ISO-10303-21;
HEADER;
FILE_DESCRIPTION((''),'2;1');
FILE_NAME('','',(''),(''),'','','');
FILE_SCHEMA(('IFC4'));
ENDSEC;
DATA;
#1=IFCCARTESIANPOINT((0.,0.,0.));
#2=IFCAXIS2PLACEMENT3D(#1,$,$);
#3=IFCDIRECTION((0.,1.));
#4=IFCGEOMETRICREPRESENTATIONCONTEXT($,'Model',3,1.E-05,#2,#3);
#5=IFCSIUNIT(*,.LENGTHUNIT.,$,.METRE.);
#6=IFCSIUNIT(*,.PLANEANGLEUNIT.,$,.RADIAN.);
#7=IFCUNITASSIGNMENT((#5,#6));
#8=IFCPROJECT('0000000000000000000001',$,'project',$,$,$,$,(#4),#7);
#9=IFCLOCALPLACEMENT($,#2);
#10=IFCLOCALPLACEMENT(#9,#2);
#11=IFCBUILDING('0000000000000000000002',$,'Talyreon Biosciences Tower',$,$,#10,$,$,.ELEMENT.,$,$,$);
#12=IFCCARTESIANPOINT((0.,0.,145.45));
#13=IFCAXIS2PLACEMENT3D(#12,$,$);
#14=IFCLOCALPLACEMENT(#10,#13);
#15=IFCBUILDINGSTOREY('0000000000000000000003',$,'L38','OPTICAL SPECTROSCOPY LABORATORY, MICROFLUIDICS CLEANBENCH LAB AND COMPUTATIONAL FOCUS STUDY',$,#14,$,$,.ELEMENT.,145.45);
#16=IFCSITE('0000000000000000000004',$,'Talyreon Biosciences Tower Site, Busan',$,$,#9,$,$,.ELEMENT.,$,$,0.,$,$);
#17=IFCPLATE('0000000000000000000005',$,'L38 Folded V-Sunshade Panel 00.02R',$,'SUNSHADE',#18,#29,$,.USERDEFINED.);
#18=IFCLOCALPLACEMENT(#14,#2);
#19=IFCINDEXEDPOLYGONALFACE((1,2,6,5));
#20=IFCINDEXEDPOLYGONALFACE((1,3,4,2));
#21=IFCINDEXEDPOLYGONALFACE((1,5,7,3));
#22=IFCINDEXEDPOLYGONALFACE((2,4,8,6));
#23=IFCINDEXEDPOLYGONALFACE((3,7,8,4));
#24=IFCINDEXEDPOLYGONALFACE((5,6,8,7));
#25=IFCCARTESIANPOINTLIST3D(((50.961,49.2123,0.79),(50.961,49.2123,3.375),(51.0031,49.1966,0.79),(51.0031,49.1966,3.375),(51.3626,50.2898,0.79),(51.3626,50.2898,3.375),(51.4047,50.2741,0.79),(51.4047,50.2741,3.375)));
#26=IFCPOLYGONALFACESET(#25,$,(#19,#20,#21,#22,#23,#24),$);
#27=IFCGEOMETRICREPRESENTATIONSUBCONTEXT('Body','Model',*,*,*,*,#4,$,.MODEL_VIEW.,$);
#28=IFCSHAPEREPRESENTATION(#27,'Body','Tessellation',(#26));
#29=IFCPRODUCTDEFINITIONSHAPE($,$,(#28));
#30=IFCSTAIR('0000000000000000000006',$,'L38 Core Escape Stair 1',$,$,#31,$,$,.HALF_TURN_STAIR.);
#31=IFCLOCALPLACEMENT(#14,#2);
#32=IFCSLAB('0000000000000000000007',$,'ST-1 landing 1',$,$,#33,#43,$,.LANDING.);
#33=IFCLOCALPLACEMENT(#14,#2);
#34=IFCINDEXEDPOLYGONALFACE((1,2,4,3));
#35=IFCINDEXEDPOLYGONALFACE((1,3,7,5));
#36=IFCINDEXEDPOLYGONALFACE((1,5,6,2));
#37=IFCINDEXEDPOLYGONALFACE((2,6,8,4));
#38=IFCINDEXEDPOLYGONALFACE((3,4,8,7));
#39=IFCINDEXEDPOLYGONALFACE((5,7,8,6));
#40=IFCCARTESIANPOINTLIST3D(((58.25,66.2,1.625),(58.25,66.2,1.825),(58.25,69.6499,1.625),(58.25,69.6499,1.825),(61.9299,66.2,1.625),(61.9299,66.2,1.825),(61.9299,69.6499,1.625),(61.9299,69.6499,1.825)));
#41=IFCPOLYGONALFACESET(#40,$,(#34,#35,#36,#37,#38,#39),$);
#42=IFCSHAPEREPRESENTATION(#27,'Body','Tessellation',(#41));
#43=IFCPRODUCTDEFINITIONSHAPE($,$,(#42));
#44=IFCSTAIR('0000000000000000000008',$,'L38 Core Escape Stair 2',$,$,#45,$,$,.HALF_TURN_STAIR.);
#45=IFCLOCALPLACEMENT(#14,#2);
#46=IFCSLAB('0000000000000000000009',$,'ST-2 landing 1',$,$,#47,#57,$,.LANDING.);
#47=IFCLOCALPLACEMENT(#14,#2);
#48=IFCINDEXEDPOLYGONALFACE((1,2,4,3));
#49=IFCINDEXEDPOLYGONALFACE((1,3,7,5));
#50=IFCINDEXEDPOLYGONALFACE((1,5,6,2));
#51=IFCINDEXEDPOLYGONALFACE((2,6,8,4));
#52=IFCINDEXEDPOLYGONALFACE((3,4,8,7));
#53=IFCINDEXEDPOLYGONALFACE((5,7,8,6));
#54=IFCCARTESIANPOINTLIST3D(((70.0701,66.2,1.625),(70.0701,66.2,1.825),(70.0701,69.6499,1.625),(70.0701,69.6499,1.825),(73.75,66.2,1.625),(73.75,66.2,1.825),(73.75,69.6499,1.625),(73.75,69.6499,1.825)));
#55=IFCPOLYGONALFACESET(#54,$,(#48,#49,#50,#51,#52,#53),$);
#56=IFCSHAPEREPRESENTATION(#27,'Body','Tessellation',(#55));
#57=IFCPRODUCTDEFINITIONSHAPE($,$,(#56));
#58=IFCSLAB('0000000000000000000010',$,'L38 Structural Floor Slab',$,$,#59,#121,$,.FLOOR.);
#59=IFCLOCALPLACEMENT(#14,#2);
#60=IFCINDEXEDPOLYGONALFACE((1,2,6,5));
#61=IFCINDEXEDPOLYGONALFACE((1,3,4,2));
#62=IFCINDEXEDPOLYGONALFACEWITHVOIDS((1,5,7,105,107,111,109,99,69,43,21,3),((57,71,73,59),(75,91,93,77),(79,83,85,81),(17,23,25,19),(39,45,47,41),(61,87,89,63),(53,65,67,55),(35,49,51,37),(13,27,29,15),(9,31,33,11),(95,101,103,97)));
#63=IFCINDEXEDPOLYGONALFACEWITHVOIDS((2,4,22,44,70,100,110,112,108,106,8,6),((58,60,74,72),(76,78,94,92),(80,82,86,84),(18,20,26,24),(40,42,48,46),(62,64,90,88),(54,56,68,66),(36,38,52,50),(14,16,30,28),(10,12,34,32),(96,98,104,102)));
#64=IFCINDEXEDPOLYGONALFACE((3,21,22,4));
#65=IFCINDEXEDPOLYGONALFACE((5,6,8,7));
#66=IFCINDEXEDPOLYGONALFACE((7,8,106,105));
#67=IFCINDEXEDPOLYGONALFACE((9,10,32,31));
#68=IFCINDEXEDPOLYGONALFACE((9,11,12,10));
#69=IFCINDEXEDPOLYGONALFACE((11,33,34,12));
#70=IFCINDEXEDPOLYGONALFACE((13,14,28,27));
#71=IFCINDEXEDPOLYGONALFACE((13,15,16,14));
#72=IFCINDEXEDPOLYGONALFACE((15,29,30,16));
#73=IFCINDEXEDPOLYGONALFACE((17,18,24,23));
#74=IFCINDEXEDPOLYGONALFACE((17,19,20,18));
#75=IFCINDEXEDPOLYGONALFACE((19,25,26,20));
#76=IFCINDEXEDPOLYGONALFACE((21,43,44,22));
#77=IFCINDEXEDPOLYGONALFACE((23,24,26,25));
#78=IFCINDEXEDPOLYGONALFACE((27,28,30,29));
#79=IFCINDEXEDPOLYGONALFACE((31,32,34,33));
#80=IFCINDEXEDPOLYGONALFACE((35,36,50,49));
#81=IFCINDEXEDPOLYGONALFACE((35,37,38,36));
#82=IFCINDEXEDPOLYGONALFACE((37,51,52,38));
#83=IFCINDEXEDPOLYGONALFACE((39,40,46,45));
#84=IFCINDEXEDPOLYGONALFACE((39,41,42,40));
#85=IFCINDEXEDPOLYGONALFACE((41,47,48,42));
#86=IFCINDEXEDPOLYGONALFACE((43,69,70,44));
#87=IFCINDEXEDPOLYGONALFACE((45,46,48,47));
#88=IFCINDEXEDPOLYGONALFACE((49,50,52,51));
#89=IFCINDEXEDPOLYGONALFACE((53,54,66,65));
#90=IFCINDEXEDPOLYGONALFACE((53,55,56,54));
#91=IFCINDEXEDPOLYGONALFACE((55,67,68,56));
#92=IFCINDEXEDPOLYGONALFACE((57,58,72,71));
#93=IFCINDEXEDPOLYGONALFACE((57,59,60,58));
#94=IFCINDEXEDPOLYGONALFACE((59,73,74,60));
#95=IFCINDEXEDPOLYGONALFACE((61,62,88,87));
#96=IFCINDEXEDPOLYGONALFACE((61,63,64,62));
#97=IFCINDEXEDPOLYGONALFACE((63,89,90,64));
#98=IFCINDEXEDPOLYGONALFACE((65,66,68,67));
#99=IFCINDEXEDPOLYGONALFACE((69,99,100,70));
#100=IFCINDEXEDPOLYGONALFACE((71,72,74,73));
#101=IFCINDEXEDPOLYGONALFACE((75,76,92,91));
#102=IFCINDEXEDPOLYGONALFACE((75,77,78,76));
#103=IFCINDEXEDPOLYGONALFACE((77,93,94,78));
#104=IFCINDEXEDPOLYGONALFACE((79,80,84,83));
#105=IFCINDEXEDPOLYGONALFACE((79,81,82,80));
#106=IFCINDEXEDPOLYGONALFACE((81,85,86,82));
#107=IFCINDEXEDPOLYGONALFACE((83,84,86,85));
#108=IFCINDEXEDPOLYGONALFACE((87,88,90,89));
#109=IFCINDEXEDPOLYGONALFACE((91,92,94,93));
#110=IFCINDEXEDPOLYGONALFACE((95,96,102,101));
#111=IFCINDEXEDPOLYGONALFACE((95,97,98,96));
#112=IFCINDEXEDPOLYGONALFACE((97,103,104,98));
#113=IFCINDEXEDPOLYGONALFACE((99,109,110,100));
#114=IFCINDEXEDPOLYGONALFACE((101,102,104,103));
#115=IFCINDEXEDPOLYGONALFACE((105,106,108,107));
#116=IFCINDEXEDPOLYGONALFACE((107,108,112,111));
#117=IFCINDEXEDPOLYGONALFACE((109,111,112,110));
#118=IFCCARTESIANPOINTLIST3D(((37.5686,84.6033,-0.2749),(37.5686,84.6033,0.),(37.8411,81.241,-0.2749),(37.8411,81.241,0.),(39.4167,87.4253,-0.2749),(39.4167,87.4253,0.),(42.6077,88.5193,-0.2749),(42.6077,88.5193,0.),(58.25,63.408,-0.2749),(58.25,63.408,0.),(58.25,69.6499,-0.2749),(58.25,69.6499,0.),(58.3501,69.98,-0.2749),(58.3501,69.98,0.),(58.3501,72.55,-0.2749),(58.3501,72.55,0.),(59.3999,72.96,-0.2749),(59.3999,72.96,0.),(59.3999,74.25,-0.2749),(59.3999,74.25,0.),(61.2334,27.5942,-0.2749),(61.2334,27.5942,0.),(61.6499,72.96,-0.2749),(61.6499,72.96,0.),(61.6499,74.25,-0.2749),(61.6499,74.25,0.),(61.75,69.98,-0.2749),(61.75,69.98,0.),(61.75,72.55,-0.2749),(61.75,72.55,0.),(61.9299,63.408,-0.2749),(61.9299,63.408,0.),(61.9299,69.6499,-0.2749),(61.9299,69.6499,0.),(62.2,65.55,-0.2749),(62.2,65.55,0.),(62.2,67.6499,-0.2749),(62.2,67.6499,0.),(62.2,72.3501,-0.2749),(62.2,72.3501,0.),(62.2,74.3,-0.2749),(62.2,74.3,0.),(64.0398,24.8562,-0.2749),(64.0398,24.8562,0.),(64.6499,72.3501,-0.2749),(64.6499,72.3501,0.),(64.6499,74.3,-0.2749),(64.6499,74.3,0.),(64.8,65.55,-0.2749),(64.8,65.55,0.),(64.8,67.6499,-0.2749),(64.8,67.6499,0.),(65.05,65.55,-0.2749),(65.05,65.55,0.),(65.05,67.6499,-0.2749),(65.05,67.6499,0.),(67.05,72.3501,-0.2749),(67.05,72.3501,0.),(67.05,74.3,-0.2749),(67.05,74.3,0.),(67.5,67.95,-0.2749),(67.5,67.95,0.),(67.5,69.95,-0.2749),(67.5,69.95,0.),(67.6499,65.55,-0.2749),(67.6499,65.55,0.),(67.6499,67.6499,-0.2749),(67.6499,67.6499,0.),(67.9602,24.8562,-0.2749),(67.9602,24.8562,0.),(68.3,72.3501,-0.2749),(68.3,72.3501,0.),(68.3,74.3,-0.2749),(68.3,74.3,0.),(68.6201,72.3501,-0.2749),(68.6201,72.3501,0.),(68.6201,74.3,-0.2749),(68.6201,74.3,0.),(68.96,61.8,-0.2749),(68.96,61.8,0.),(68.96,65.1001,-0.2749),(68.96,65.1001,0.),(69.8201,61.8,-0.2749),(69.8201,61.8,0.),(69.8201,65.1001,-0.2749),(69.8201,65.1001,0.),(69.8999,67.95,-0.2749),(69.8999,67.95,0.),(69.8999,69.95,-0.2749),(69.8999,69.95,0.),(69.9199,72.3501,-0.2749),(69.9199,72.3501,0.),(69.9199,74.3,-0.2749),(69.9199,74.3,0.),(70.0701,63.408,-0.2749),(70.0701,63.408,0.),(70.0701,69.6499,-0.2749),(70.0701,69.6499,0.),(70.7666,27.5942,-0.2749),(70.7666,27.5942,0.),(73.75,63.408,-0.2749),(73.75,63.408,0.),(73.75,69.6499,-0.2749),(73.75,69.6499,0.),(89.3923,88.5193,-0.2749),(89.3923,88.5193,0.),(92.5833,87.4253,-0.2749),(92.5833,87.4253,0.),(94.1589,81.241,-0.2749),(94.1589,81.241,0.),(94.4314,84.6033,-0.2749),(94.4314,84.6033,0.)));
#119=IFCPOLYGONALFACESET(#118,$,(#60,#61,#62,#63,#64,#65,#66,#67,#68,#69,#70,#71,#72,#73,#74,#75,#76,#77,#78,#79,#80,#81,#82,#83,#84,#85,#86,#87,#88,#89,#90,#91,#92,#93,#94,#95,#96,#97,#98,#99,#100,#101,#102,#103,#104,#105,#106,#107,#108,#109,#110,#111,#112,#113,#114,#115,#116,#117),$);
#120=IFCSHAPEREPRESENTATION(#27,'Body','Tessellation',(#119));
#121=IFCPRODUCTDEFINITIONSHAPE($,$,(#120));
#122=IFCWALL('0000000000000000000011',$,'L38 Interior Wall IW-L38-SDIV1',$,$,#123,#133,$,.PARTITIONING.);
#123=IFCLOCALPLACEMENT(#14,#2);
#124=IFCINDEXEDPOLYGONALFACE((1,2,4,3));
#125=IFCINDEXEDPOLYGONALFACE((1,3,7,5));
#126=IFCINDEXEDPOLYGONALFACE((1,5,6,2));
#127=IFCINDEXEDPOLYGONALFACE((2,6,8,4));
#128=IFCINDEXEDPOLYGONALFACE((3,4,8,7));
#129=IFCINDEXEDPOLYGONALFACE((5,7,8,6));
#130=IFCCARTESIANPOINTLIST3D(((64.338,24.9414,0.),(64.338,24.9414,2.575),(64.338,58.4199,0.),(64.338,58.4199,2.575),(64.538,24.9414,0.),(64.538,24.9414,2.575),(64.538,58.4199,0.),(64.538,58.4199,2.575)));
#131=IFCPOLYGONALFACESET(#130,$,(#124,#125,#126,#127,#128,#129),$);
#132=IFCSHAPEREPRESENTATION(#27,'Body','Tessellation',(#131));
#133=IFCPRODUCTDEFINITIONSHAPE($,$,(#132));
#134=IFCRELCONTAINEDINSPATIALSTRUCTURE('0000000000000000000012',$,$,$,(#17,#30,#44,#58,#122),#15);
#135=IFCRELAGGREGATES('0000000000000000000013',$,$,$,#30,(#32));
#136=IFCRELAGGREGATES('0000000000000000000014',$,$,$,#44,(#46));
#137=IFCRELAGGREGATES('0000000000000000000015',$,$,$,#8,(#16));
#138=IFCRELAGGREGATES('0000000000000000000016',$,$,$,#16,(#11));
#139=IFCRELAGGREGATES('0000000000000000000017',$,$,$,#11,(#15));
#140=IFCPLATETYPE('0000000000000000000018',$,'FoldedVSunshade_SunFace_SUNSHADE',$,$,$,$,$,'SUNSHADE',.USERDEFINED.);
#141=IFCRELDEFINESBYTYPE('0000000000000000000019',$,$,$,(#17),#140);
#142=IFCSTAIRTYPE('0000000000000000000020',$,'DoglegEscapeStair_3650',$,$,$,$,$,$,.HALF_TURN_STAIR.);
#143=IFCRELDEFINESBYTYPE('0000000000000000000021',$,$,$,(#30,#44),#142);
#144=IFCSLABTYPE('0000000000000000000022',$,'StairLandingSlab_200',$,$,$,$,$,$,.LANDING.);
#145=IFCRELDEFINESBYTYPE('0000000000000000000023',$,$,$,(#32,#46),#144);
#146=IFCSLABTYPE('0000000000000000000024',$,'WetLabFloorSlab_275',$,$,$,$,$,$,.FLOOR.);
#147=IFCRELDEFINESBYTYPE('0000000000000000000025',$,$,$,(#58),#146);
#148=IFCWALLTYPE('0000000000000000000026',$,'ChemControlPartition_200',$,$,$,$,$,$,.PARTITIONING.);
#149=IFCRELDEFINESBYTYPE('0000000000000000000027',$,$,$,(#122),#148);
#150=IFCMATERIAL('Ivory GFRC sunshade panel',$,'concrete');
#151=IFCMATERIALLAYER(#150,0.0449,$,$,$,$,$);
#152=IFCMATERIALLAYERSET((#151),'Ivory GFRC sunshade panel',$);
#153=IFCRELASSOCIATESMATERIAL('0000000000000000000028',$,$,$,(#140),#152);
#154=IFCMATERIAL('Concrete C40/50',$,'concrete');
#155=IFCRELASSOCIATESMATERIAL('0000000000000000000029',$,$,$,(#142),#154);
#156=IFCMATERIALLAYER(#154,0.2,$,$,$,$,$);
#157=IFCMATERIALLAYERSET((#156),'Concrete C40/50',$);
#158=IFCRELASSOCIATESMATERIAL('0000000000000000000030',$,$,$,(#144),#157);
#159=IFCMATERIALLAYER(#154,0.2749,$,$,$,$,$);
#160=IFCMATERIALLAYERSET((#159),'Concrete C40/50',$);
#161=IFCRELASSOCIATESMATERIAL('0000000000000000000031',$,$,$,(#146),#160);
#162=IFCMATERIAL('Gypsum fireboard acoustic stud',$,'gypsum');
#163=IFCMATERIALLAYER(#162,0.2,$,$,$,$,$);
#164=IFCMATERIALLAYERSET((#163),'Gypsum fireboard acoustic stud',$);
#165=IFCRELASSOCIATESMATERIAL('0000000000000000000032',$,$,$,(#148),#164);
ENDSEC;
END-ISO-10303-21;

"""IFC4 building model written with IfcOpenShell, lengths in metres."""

from ifc_helpers import new_model, si_unit, direction, frame, frame_2d, origin, origin_2d, place, context, subcontext, project, spatial, polyline, rectangle, outline, extrude, material, layer, layer_set, type_object, element, aggregate, save


model = new_model("IFC4")

# Units and contexts
model_context = context("Model", 3, precision=1e-05, world=origin(), true_north=direction((0.0, 1.0)))
body_context = subcontext(model_context, "Body", "Model", "MODEL_VIEW")
ifc_project = project(units=[si_unit("LENGTHUNIT", "METRE"), si_unit("PLANEANGLEUNIT", "RADIAN")], contexts=[model_context])

# Site, building, storey
site_placement = place(None, origin())
site = spatial("IfcSite", under=ifc_project, at=site_placement, Name="Talyreon Biosciences Tower Site, Busan", CompositionType="ELEMENT", RefElevation=0.0)
building_placement = place(site_placement, origin())
building = spatial("IfcBuilding", under=site, at=building_placement, Name="Talyreon Biosciences Tower", CompositionType="ELEMENT")
storey_placement = place(building_placement, frame((0.0, 0.0, 145.45)))
storey = spatial("IfcBuildingStorey", under=building, at=storey_placement, Name="L38", Description="OPTICAL SPECTROSCOPY LABORATORY, MICROFLUIDICS CLEANBENCH LAB AND COMPUTATIONAL FOCUS STUDY", CompositionType="ELEMENT", Elevation=145.45)

# Plate
ifc_material_1 = material(Name="Ivory GFRC sunshade panel", Category="concrete")
ifc_layer_1 = layer(ifc_material_1, 0.0449)
ifc_layer_set_1 = layer_set([ifc_layer_1], Name="Ivory GFRC sunshade panel")
plate_type_1 = type_object("IfcPlateType", Name="FoldedVSunshade_SunFace_SUNSHADE", ElementType="SUNSHADE", PredefinedType="USERDEFINED", material=ifc_layer_set_1)
for number, where, z_axis, x_axis, name in (
    (1, (51.1829, 49.7432, 0.79), (0.0, 0.0, 1.0), (0.349243, 0.937032, 0.0), "L38 Folded V-Sunshade Panel 00.02R"),
):
    element("IfcPlate", number, at=place(storey_placement, frame(where, z_axis=z_axis, x_axis=x_axis)), inside=storey, type_object=plate_type_1, Name=name, ObjectType="SUNSHADE", PredefinedType="USERDEFINED", context=body_context, shape_type="SweptSolid", body=[
        extrude(rectangle(XDim=1.1499, YDim=0.0449, at=origin_2d()), origin(), (0.0, 0.0, 1.0), 2.585),
    ])

# Stairs, slabs
ifc_material_2 = material(Name="Concrete C40/50", Category="concrete")
stair_type = type_object("IfcStairType", Name="DoglegEscapeStair_3650", PredefinedType="HALF_TURN_STAIR", material=ifc_material_2)
stair_1_placement = place(storey_placement, origin())
stair_1 = element("IfcStair", 2, at=stair_1_placement, inside=storey, type_object=stair_type, Name="L38 Core Escape Stair 1", PredefinedType="HALF_TURN_STAIR")
ifc_layer_2 = layer(ifc_material_2, 0.2)
ifc_layer_set_2 = layer_set([ifc_layer_2], Name="Concrete C40/50")
slab_type_1 = type_object("IfcSlabType", Name="StairLandingSlab_200", PredefinedType="LANDING", material=ifc_layer_set_2)
slab_1_placement = place(storey_placement, frame((0.0, 0.0, 1.625)))
slab_1 = element("IfcSlab", 3, at=slab_1_placement, type_object=slab_type_1, Name="ST-1 landing 1", PredefinedType="LANDING", context=body_context, shape_type="SweptSolid", body=[
    extrude(outline(polyline([(61.9299, 66.2), (61.9299, 69.6499), (58.25, 69.6499), (58.25, 66.2), (61.9299, 66.2)])), origin(), (0.0, 0.0, 1.0), 0.2),
])
aggregate(stair_1, [slab_1])
stair_2_placement = place(storey_placement, origin())
stair_2 = element("IfcStair", 4, at=stair_2_placement, inside=storey, type_object=stair_type, Name="L38 Core Escape Stair 2", PredefinedType="HALF_TURN_STAIR")
slab_2_placement = place(storey_placement, frame((0.0, 0.0, 1.625)))
slab_2 = element("IfcSlab", 5, at=slab_2_placement, type_object=slab_type_1, Name="ST-2 landing 1", PredefinedType="LANDING", context=body_context, shape_type="SweptSolid", body=[
    extrude(outline(polyline([(73.75, 66.2), (73.75, 69.6499), (70.0701, 69.6499), (70.0701, 66.2), (73.75, 66.2)])), origin(), (0.0, 0.0, 1.0), 0.2),
])
aggregate(stair_2, [slab_2])

# Slab
ifc_layer_3 = layer(ifc_material_2, 0.2749)
ifc_layer_set_3 = layer_set([ifc_layer_3], Name="Concrete C40/50")
slab_type_2 = type_object("IfcSlabType", Name="WetLabFloorSlab_275", PredefinedType="FLOOR", material=ifc_layer_set_3)
slab_3_placement = place(storey_placement, frame((0.0, 0.0, -0.2749)))
element("IfcSlab", 6, at=slab_3_placement, inside=storey, type_object=slab_type_2, Name="L38 Structural Floor Slab", PredefinedType="FLOOR", context=body_context, shape_type="SweptSolid", body=[
    extrude(outline(polyline([(61.2334, 27.5942), (37.8411, 81.241), (37.5686, 84.6033), (39.4167, 87.4253), (42.6077, 88.5193), (89.3923, 88.5193), (92.5833, 87.4253), (94.4314, 84.6033), (94.1589, 81.241), (70.7666, 27.5942), (67.9602, 24.8562), (64.0398, 24.8562), (61.2334, 27.5942)]), holes=[polyline([(61.9299, 69.6499), (61.9299, 63.408), (58.25, 63.408), (58.25, 69.6499), (61.9299, 69.6499)]), polyline([(64.8, 67.6499), (64.8, 65.55), (62.2, 65.55), (62.2, 67.6499), (64.8, 67.6499)]), polyline([(67.6499, 67.6499), (67.6499, 65.55), (65.05, 65.55), (65.05, 67.6499), (67.6499, 67.6499)]), polyline([(61.75, 69.98), (58.3501, 69.98), (58.3501, 72.55), (61.75, 72.55), (61.75, 69.98)]), polyline([(64.6499, 72.3501), (62.2, 72.3501), (62.2, 74.3), (64.6499, 74.3), (64.6499, 72.3501)]), polyline([(61.6499, 74.25), (61.6499, 72.96), (59.3999, 72.96), (59.3999, 74.25), (61.6499, 74.25)]), polyline([(69.8201, 61.8), (68.96, 61.8), (68.96, 65.1001), (69.8201, 65.1001), (69.8201, 61.8)]), polyline([(73.75, 63.408), (70.0701, 63.408), (70.0701, 69.6499), (73.75, 69.6499), (73.75, 63.408)]), polyline([(69.8999, 69.95), (69.8999, 67.95), (67.5, 67.95), (67.5, 69.95), (69.8999, 69.95)]), polyline([(68.3, 72.3501), (67.05, 72.3501), (67.05, 74.3), (68.3, 74.3), (68.3, 72.3501)]), polyline([(69.9199, 72.3501), (68.6201, 72.3501), (68.6201, 74.3), (69.9199, 74.3), (69.9199, 72.3501)])]), origin(), (0.0, 0.0, 1.0), 0.2749),
])

# Wall
ifc_material_3 = material(Name="Gypsum fireboard acoustic stud", Category="gypsum")
ifc_layer_4 = layer(ifc_material_3, 0.2)
ifc_layer_set_4 = layer_set([ifc_layer_4], Name="Gypsum fireboard acoustic stud")
wall_type_1 = type_object("IfcWallType", Name="ChemControlPartition_200", PredefinedType="PARTITIONING", material=ifc_layer_set_4)
wall_1_placement = place(storey_placement, frame((64.438, 24.9414, 0.0), z_axis=(0.0, 0.0, 1.0), x_axis=(0.0, 1.0, 0.0)))
element("IfcWall", 7, at=wall_1_placement, inside=storey, type_object=wall_type_1, Name="L38 Interior Wall IW-L38-SDIV1", PredefinedType="PARTITIONING", context=body_context, shape_type="SweptSolid", body=[
    extrude(rectangle(XDim=33.4785, YDim=0.2, at=frame_2d((16.7393, 0.0))), origin(), (0.0, 0.0, 1.0), 2.575),
])

save(model, "model.ifc")
